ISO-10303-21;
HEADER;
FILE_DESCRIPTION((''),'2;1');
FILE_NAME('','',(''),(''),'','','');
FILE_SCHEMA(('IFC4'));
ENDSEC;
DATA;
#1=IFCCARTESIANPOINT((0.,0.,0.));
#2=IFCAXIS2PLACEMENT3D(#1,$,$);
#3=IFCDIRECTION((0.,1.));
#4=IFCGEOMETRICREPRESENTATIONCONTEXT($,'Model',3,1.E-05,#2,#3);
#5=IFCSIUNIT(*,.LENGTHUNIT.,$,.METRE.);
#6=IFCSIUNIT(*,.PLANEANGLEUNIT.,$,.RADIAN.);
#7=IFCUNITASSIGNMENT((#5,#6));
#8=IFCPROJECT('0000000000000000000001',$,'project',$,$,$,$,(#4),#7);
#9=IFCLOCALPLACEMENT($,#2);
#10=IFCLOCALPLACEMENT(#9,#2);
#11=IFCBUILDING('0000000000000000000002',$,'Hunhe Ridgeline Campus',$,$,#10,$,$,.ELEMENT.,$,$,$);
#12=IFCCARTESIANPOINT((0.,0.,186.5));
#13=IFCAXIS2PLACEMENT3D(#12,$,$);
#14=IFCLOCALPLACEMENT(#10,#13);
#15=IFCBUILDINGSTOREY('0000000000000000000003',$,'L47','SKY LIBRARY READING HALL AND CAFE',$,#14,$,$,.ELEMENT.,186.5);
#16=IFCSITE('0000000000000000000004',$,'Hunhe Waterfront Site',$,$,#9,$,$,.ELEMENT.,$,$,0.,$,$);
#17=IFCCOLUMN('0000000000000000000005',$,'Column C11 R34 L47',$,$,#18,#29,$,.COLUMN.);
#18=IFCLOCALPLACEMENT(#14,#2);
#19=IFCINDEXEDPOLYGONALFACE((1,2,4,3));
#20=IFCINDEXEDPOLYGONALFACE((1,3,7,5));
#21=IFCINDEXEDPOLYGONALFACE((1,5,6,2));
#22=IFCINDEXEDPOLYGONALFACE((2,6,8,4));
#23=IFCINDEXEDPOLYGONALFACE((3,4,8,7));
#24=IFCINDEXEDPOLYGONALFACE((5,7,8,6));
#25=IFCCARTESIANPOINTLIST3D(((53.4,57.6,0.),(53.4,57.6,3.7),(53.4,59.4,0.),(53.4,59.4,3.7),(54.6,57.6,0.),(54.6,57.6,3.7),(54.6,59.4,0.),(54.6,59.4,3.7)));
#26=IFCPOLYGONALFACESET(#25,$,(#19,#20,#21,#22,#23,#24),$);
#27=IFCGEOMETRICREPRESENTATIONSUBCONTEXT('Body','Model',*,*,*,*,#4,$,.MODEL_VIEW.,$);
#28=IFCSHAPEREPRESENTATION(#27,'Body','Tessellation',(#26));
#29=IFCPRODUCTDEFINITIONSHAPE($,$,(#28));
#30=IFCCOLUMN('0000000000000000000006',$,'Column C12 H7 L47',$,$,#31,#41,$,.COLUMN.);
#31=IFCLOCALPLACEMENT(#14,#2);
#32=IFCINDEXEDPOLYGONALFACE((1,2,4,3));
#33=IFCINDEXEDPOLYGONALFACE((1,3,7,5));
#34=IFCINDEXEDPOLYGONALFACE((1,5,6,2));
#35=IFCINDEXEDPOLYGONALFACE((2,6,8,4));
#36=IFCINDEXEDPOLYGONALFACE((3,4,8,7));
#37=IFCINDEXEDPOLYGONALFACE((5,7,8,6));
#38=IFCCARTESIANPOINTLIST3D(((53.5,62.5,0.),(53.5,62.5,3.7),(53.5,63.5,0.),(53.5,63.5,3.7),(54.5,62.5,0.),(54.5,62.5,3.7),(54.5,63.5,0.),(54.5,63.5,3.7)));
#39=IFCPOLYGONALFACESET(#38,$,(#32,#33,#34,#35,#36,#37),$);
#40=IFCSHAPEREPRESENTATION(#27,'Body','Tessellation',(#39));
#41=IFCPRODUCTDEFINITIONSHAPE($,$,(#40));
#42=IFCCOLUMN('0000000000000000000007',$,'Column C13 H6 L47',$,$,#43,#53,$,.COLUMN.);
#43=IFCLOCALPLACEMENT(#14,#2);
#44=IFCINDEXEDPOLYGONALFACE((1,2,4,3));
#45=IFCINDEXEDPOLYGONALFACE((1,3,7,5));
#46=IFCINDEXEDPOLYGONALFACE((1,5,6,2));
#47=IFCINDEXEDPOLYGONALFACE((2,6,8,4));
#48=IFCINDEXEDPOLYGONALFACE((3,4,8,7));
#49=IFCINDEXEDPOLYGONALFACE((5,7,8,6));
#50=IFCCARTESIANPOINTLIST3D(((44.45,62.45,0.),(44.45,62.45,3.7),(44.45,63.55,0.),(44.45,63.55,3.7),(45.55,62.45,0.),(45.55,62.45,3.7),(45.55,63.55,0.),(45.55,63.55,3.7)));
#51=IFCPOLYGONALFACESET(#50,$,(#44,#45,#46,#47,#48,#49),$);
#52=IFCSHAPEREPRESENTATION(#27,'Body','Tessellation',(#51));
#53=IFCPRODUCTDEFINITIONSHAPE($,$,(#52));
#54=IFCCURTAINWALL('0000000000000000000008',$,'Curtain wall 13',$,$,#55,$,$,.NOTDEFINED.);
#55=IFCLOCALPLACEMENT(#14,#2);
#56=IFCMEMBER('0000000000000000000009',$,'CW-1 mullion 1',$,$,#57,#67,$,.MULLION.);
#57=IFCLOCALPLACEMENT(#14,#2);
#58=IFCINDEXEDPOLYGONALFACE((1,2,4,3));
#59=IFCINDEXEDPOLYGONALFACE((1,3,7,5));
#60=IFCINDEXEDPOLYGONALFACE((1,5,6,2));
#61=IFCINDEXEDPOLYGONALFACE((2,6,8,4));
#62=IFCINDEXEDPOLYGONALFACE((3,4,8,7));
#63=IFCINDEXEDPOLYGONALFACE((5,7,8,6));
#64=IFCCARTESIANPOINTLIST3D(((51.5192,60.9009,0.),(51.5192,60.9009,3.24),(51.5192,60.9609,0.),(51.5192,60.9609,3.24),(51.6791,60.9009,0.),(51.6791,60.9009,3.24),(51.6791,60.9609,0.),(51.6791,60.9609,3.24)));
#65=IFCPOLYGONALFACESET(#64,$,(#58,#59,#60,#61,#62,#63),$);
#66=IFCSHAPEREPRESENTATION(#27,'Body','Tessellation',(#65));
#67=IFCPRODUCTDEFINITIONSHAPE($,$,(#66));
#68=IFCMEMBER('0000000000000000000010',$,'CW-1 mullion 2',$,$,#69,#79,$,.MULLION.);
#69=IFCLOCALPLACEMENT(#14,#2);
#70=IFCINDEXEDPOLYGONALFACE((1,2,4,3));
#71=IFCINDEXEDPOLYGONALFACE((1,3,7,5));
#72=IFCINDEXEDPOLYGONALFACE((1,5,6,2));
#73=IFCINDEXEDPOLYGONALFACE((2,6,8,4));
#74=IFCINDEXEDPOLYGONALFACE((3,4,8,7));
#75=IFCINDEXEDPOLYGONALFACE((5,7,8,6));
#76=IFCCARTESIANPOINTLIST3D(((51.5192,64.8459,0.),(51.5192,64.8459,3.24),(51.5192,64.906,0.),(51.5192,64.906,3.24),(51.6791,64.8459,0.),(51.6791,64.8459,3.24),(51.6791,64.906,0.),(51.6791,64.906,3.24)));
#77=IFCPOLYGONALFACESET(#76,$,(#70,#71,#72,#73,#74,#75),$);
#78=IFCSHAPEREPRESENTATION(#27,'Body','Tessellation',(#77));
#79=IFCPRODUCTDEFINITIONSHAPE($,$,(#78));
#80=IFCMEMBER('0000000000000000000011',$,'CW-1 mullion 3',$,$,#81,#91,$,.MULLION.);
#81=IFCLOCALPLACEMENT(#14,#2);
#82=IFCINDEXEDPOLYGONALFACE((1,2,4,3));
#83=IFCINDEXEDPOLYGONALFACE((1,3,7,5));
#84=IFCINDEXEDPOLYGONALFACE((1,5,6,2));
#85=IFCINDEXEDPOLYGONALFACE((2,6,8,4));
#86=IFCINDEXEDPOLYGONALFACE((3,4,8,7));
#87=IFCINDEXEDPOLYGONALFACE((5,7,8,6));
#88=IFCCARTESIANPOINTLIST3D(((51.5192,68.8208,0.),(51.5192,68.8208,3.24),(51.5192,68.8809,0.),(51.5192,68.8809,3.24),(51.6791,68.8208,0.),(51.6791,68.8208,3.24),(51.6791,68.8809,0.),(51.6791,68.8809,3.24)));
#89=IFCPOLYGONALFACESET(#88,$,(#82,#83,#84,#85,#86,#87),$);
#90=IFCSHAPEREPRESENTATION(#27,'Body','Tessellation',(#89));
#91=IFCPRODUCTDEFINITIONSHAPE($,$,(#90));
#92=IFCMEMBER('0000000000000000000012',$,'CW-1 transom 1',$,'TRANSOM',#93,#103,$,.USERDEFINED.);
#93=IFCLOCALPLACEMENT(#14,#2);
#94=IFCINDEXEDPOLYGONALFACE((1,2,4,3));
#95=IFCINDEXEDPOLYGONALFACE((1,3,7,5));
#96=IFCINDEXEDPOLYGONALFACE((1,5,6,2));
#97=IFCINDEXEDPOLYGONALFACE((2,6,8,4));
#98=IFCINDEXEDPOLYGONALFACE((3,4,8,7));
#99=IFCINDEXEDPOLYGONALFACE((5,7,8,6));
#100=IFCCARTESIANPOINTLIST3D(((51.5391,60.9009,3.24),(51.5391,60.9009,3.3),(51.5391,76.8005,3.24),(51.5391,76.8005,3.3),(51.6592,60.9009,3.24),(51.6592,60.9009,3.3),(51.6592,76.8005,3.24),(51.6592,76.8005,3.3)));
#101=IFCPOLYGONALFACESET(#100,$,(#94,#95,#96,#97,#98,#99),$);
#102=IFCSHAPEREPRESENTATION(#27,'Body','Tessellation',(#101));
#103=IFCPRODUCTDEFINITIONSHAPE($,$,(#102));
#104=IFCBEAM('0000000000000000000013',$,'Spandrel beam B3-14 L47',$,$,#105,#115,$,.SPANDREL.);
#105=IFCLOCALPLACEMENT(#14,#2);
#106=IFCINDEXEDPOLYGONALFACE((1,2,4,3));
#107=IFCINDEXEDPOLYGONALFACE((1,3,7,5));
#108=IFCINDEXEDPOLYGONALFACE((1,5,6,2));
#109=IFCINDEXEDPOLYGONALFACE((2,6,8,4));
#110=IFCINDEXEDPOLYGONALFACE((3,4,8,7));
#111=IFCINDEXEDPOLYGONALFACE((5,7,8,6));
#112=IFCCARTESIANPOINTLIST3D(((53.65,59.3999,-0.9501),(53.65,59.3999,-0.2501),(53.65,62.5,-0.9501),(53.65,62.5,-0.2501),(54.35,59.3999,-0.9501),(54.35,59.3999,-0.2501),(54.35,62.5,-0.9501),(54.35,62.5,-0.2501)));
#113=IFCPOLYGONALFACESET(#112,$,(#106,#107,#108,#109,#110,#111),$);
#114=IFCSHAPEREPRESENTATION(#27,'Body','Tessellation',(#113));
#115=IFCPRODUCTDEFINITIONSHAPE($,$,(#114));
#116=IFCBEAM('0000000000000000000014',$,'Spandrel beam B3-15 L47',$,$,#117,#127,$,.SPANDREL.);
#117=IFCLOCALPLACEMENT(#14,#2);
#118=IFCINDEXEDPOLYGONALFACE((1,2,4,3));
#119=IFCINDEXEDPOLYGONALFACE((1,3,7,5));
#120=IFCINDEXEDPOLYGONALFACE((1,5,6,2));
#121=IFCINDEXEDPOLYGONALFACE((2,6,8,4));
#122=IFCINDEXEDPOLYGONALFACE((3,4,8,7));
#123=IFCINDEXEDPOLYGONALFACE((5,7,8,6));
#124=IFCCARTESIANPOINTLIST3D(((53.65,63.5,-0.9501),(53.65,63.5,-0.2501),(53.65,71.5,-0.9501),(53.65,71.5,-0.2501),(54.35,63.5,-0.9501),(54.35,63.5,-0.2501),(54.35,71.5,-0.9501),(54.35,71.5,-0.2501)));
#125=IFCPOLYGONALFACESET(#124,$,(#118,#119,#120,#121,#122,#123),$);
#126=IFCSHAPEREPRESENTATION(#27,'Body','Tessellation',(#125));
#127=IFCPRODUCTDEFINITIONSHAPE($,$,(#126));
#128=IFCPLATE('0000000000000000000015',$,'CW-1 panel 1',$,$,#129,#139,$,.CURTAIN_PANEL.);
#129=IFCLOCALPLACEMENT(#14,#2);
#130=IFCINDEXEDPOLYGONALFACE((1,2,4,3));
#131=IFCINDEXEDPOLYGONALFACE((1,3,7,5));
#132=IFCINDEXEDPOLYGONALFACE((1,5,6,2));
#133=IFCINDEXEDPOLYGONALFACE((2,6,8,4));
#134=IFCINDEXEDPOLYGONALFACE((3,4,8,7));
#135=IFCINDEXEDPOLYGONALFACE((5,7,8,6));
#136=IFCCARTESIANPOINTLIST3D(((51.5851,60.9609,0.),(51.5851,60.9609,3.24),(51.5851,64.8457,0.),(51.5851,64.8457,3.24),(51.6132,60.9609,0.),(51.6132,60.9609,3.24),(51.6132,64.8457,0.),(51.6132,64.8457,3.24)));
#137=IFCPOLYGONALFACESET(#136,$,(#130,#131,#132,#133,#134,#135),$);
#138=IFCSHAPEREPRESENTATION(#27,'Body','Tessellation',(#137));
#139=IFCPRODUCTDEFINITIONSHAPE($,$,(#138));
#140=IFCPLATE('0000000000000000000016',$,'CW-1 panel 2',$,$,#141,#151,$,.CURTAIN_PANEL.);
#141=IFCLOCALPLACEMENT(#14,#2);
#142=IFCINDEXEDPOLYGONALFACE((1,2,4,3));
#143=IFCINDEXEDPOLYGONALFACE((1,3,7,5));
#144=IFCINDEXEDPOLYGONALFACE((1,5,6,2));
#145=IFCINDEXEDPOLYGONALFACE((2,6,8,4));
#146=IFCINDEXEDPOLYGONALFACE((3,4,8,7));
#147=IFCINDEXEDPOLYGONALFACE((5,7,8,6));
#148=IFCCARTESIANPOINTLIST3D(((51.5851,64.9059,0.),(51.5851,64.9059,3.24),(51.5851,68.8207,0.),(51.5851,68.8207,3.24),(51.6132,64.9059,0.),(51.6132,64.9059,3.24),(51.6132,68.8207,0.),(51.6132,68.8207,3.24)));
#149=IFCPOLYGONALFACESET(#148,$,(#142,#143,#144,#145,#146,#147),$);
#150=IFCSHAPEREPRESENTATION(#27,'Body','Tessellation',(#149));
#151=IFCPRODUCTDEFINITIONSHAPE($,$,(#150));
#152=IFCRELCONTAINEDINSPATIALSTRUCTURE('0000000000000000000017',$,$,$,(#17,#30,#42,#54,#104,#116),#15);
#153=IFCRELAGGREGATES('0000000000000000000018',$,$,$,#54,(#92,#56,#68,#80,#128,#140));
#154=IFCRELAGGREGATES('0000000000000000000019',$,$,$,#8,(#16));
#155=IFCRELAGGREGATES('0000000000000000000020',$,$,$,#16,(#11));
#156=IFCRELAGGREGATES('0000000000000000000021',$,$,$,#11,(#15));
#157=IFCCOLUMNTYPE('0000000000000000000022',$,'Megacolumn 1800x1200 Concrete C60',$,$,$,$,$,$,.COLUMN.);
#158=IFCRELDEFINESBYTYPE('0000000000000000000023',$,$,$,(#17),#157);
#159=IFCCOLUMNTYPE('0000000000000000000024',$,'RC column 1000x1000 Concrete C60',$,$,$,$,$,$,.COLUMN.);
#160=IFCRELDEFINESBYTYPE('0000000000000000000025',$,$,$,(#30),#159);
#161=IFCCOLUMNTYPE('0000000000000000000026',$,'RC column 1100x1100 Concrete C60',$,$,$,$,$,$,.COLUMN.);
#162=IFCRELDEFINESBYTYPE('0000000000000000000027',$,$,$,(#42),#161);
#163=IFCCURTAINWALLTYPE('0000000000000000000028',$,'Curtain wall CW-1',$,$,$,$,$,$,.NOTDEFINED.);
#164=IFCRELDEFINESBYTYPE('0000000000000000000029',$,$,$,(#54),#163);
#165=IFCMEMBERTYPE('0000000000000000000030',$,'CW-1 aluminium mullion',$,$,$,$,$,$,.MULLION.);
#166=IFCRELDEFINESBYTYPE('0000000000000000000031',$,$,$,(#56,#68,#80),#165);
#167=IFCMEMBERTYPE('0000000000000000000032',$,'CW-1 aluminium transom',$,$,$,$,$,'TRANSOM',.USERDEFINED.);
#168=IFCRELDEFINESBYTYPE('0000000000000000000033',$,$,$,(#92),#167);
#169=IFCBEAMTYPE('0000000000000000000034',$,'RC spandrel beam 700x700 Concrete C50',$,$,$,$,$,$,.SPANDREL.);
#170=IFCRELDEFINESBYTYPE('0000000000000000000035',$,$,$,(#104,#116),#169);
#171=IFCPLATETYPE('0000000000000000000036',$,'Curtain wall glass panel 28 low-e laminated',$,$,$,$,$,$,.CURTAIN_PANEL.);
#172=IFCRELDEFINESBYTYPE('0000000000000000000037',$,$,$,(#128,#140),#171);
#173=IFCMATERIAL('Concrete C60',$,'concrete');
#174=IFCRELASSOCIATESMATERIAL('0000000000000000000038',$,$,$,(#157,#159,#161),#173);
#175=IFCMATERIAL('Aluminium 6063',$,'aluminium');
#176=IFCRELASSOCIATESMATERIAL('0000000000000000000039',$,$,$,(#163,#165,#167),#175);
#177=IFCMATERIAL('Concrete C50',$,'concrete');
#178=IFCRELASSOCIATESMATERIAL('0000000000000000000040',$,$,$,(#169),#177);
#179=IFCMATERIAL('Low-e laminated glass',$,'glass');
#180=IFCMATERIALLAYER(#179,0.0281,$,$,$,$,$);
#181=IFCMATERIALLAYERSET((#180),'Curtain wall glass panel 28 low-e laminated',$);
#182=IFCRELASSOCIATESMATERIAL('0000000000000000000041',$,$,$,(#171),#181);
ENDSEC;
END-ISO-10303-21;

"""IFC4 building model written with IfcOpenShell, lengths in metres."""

from ifc_helpers import new_model, si_unit, direction, frame, origin, origin_2d, place, context, subcontext, project, spatial, rectangle, extrude, material, layer, layer_set, material_profile, profile_set, type_object, element, aggregate, save


model = new_model("IFC4")

# Units and contexts
model_context = context("Model", 3, precision=1e-05, world=origin(), true_north=direction((0.0, 1.0)))
body_context = subcontext(model_context, "Body", "Model", "MODEL_VIEW")
ifc_project = project(units=[si_unit("LENGTHUNIT", "METRE"), si_unit("PLANEANGLEUNIT", "RADIAN")], contexts=[model_context])

# Site, building, storey
site_placement = place(None, origin())
site = spatial("IfcSite", under=ifc_project, at=site_placement, Name="Hunhe Waterfront Site", CompositionType="ELEMENT", RefElevation=0.0)
building_placement = place(site_placement, origin())
building = spatial("IfcBuilding", under=site, at=building_placement, Name="Hunhe Ridgeline Campus", CompositionType="ELEMENT")
storey_placement = place(building_placement, frame((0.0, 0.0, 186.5)))
storey = spatial("IfcBuildingStorey", under=building, at=storey_placement, Name="L47", Description="SKY LIBRARY READING HALL AND CAFE", CompositionType="ELEMENT", Elevation=186.5)

# Columns
ifc_material_1 = material(Name="Concrete C60", Category="concrete")
ifc_material_profile_1 = material_profile(ifc_material_1, rectangle(XDim=1.8, YDim=1.2, at=origin_2d()))
ifc_profile_set_1 = profile_set([ifc_material_profile_1], Name="Concrete C60")
column_type_1 = type_object("IfcColumnType", Name="Megacolumn 1800x1200 Concrete C60", PredefinedType="COLUMN", material=ifc_profile_set_1)
column_1_placement = place(storey_placement, frame((54.0, 58.5, 0.0), z_axis=(0.0, 0.0, 1.0), x_axis=(0.0, 1.0, 0.0)))
element("IfcColumn", 1, at=column_1_placement, inside=storey, type_object=column_type_1, Name="Column C11 R34 L47", PredefinedType="COLUMN", context=body_context, shape_type="SweptSolid", body=[
    extrude(rectangle(XDim=1.8, YDim=1.2, at=origin_2d()), origin(), (0.0, 0.0, 1.0), 3.7),
])
ifc_material_profile_2 = material_profile(ifc_material_1, rectangle(XDim=1.0, YDim=1.0, at=origin_2d()))
ifc_profile_set_2 = profile_set([ifc_material_profile_2], Name="Concrete C60")
column_type_2 = type_object("IfcColumnType", Name="RC column 1000x1000 Concrete C60", PredefinedType="COLUMN", material=ifc_profile_set_2)
column_2_placement = place(storey_placement, frame((54.0, 63.0, 0.0), z_axis=(0.0, 0.0, 1.0), x_axis=(1.0, 0.0, 0.0)))
element("IfcColumn", 2, at=column_2_placement, inside=storey, type_object=column_type_2, Name="Column C12 H7 L47", PredefinedType="COLUMN", context=body_context, shape_type="SweptSolid", body=[
    extrude(rectangle(XDim=1.0, YDim=1.0, at=origin_2d()), origin(), (0.0, 0.0, 1.0), 3.7),
])
ifc_material_profile_3 = material_profile(ifc_material_1, rectangle(XDim=1.1001, YDim=1.1001, at=origin_2d()))
ifc_profile_set_3 = profile_set([ifc_material_profile_3], Name="Concrete C60")
column_type_3 = type_object("IfcColumnType", Name="RC column 1100x1100 Concrete C60", PredefinedType="COLUMN", material=ifc_profile_set_3)
column_3_placement = place(storey_placement, frame((45.0, 63.0, 0.0), z_axis=(0.0, 0.0, 1.0), x_axis=(1.0, 0.0, 0.0)))
element("IfcColumn", 3, at=column_3_placement, inside=storey, type_object=column_type_3, Name="Column C13 H6 L47", PredefinedType="COLUMN", context=body_context, shape_type="SweptSolid", body=[
    extrude(rectangle(XDim=1.1001, YDim=1.1001, at=origin_2d()), origin(), (0.0, 0.0, 1.0), 3.7),
])

# Curtain wall, members
ifc_material_2 = material(Name="Aluminium 6063", Category="aluminium")
curtain_wall_type = type_object("IfcCurtainWallType", Name="Curtain wall CW-1", PredefinedType="NOTDEFINED", material=ifc_material_2)
curtain_wall_placement = place(storey_placement, origin())
curtain_wall = element("IfcCurtainWall", 4, at=curtain_wall_placement, inside=storey, type_object=curtain_wall_type, Name="Curtain wall 13", PredefinedType="NOTDEFINED")
ifc_material_profile_4 = material_profile(ifc_material_2, rectangle(XDim=0.1599, YDim=0.0601, at=origin_2d()))
ifc_profile_set_4 = profile_set([ifc_material_profile_4], Name="Aluminium 6063")
member_type_1 = type_object("IfcMemberType", Name="CW-1 aluminium mullion", PredefinedType="MULLION", material=ifc_profile_set_4)
member_1_placement = place(storey_placement, frame((51.5991, 60.9309, 0.0), z_axis=(0.0, 0.0, 1.0), x_axis=(-1.0, 0.0, 0.0)))
member_1 = element("IfcMember", 5, at=member_1_placement, type_object=member_type_1, Name="CW-1 mullion 1", PredefinedType="MULLION", context=body_context, shape_type="SweptSolid", body=[
    extrude(rectangle(XDim=0.1599, YDim=0.0601, at=origin_2d()), origin(), (0.0, 0.0, 1.0), 3.24),
])
member_2_placement = place(storey_placement, frame((51.5991, 64.876, 0.0), z_axis=(0.0, 0.0, 1.0), x_axis=(-1.0, 0.0, 0.0)))
member_2 = element("IfcMember", 6, at=member_2_placement, type_object=member_type_1, Name="CW-1 mullion 2", PredefinedType="MULLION", context=body_context, shape_type="SweptSolid", body=[
    extrude(rectangle(XDim=0.1599, YDim=0.0601, at=origin_2d()), origin(), (0.0, 0.0, 1.0), 3.24),
])
member_3_placement = place(storey_placement, frame((51.5991, 68.8508, 0.0), z_axis=(0.0, 0.0, 1.0), x_axis=(-1.0, 0.0, 0.0)))
member_3 = element("IfcMember", 7, at=member_3_placement, type_object=member_type_1, Name="CW-1 mullion 3", PredefinedType="MULLION", context=body_context, shape_type="SweptSolid", body=[
    extrude(rectangle(XDim=0.1599, YDim=0.0601, at=origin_2d()), origin(), (0.0, 0.0, 1.0), 3.24),
])
ifc_material_profile_5 = material_profile(ifc_material_2, rectangle(XDim=0.1201, YDim=0.0601, at=origin_2d()))
ifc_profile_set_5 = profile_set([ifc_material_profile_5], Name="Aluminium 6063")
member_type_2 = type_object("IfcMemberType", Name="CW-1 aluminium transom", ElementType="TRANSOM", PredefinedType="USERDEFINED", material=ifc_profile_set_5)
member_4_placement = place(storey_placement, frame((51.5991, 60.9009, 3.27), z_axis=(0.0, 1.0, 0.0), x_axis=(-1.0, 0.0, 0.0)))
member_4 = element("IfcMember", 8, at=member_4_placement, type_object=member_type_2, Name="CW-1 transom 1", ObjectType="TRANSOM", PredefinedType="USERDEFINED", context=body_context, shape_type="SweptSolid", body=[
    extrude(rectangle(XDim=0.1201, YDim=0.0601, at=origin_2d()), origin(), (0.0, 0.0, 1.0), 15.8997),
])

# Beams
ifc_material_3 = material(Name="Concrete C50", Category="concrete")
ifc_material_profile_6 = material_profile(ifc_material_3, rectangle(XDim=0.7, YDim=0.7, at=origin_2d()))
ifc_profile_set_6 = profile_set([ifc_material_profile_6], Name="Concrete C50")
beam_type = type_object("IfcBeamType", Name="RC spandrel beam 700x700 Concrete C50", PredefinedType="SPANDREL", material=ifc_profile_set_6)
beam_1_placement = place(storey_placement, frame((54.0, 59.3999, -0.6001), z_axis=(0.0, 1.0, 0.0), x_axis=(-1.0, 0.0, 0.0)))
element("IfcBeam", 9, at=beam_1_placement, inside=storey, type_object=beam_type, Name="Spandrel beam B3-14 L47", PredefinedType="SPANDREL", context=body_context, shape_type="SweptSolid", body=[
    extrude(rectangle(XDim=0.7, YDim=0.7, at=origin_2d()), origin(), (0.0, 0.0, 1.0), 3.1001),
])
beam_2_placement = place(storey_placement, frame((54.0, 63.5, -0.6001), z_axis=(0.0, 1.0, 0.0), x_axis=(-1.0, 0.0, 0.0)))
element("IfcBeam", 10, at=beam_2_placement, inside=storey, type_object=beam_type, Name="Spandrel beam B3-15 L47", PredefinedType="SPANDREL", context=body_context, shape_type="SweptSolid", body=[
    extrude(rectangle(XDim=0.7, YDim=0.7, at=origin_2d()), origin(), (0.0, 0.0, 1.0), 8.0),
])

# Plates
ifc_material_4 = material(Name="Low-e laminated glass", Category="glass")
ifc_layer_1 = layer(ifc_material_4, 0.0281)
ifc_layer_set_1 = layer_set([ifc_layer_1], Name="Curtain wall glass panel 28 low-e laminated")
plate_type = type_object("IfcPlateType", Name="Curtain wall glass panel 28 low-e laminated", PredefinedType="CURTAIN_PANEL", material=ifc_layer_set_1)
plate_1_placement = place(storey_placement, frame((51.5991, 62.9033, 0.0), z_axis=(0.0, 0.0, 1.0), x_axis=(0.0, 1.0, 0.0)))
plate_1 = element("IfcPlate", 11, at=plate_1_placement, type_object=plate_type, Name="CW-1 panel 1", PredefinedType="CURTAIN_PANEL", context=body_context, shape_type="SweptSolid", body=[
    extrude(rectangle(XDim=3.8848, YDim=0.0281, at=origin_2d()), origin(), (0.0, 0.0, 1.0), 3.24),
])
plate_2_placement = place(storey_placement, frame((51.5991, 66.8633, 0.0), z_axis=(0.0, 0.0, 1.0), x_axis=(0.0, 1.0, 0.0)))
plate_2 = element("IfcPlate", 12, at=plate_2_placement, type_object=plate_type, Name="CW-1 panel 2", PredefinedType="CURTAIN_PANEL", context=body_context, shape_type="SweptSolid", body=[
    extrude(rectangle(XDim=3.9148, YDim=0.0281, at=origin_2d()), origin(), (0.0, 0.0, 1.0), 3.24),
])
aggregate(curtain_wall, [member_4, member_1, member_2, member_3, plate_1, plate_2])

save(model, "model.ifc")
